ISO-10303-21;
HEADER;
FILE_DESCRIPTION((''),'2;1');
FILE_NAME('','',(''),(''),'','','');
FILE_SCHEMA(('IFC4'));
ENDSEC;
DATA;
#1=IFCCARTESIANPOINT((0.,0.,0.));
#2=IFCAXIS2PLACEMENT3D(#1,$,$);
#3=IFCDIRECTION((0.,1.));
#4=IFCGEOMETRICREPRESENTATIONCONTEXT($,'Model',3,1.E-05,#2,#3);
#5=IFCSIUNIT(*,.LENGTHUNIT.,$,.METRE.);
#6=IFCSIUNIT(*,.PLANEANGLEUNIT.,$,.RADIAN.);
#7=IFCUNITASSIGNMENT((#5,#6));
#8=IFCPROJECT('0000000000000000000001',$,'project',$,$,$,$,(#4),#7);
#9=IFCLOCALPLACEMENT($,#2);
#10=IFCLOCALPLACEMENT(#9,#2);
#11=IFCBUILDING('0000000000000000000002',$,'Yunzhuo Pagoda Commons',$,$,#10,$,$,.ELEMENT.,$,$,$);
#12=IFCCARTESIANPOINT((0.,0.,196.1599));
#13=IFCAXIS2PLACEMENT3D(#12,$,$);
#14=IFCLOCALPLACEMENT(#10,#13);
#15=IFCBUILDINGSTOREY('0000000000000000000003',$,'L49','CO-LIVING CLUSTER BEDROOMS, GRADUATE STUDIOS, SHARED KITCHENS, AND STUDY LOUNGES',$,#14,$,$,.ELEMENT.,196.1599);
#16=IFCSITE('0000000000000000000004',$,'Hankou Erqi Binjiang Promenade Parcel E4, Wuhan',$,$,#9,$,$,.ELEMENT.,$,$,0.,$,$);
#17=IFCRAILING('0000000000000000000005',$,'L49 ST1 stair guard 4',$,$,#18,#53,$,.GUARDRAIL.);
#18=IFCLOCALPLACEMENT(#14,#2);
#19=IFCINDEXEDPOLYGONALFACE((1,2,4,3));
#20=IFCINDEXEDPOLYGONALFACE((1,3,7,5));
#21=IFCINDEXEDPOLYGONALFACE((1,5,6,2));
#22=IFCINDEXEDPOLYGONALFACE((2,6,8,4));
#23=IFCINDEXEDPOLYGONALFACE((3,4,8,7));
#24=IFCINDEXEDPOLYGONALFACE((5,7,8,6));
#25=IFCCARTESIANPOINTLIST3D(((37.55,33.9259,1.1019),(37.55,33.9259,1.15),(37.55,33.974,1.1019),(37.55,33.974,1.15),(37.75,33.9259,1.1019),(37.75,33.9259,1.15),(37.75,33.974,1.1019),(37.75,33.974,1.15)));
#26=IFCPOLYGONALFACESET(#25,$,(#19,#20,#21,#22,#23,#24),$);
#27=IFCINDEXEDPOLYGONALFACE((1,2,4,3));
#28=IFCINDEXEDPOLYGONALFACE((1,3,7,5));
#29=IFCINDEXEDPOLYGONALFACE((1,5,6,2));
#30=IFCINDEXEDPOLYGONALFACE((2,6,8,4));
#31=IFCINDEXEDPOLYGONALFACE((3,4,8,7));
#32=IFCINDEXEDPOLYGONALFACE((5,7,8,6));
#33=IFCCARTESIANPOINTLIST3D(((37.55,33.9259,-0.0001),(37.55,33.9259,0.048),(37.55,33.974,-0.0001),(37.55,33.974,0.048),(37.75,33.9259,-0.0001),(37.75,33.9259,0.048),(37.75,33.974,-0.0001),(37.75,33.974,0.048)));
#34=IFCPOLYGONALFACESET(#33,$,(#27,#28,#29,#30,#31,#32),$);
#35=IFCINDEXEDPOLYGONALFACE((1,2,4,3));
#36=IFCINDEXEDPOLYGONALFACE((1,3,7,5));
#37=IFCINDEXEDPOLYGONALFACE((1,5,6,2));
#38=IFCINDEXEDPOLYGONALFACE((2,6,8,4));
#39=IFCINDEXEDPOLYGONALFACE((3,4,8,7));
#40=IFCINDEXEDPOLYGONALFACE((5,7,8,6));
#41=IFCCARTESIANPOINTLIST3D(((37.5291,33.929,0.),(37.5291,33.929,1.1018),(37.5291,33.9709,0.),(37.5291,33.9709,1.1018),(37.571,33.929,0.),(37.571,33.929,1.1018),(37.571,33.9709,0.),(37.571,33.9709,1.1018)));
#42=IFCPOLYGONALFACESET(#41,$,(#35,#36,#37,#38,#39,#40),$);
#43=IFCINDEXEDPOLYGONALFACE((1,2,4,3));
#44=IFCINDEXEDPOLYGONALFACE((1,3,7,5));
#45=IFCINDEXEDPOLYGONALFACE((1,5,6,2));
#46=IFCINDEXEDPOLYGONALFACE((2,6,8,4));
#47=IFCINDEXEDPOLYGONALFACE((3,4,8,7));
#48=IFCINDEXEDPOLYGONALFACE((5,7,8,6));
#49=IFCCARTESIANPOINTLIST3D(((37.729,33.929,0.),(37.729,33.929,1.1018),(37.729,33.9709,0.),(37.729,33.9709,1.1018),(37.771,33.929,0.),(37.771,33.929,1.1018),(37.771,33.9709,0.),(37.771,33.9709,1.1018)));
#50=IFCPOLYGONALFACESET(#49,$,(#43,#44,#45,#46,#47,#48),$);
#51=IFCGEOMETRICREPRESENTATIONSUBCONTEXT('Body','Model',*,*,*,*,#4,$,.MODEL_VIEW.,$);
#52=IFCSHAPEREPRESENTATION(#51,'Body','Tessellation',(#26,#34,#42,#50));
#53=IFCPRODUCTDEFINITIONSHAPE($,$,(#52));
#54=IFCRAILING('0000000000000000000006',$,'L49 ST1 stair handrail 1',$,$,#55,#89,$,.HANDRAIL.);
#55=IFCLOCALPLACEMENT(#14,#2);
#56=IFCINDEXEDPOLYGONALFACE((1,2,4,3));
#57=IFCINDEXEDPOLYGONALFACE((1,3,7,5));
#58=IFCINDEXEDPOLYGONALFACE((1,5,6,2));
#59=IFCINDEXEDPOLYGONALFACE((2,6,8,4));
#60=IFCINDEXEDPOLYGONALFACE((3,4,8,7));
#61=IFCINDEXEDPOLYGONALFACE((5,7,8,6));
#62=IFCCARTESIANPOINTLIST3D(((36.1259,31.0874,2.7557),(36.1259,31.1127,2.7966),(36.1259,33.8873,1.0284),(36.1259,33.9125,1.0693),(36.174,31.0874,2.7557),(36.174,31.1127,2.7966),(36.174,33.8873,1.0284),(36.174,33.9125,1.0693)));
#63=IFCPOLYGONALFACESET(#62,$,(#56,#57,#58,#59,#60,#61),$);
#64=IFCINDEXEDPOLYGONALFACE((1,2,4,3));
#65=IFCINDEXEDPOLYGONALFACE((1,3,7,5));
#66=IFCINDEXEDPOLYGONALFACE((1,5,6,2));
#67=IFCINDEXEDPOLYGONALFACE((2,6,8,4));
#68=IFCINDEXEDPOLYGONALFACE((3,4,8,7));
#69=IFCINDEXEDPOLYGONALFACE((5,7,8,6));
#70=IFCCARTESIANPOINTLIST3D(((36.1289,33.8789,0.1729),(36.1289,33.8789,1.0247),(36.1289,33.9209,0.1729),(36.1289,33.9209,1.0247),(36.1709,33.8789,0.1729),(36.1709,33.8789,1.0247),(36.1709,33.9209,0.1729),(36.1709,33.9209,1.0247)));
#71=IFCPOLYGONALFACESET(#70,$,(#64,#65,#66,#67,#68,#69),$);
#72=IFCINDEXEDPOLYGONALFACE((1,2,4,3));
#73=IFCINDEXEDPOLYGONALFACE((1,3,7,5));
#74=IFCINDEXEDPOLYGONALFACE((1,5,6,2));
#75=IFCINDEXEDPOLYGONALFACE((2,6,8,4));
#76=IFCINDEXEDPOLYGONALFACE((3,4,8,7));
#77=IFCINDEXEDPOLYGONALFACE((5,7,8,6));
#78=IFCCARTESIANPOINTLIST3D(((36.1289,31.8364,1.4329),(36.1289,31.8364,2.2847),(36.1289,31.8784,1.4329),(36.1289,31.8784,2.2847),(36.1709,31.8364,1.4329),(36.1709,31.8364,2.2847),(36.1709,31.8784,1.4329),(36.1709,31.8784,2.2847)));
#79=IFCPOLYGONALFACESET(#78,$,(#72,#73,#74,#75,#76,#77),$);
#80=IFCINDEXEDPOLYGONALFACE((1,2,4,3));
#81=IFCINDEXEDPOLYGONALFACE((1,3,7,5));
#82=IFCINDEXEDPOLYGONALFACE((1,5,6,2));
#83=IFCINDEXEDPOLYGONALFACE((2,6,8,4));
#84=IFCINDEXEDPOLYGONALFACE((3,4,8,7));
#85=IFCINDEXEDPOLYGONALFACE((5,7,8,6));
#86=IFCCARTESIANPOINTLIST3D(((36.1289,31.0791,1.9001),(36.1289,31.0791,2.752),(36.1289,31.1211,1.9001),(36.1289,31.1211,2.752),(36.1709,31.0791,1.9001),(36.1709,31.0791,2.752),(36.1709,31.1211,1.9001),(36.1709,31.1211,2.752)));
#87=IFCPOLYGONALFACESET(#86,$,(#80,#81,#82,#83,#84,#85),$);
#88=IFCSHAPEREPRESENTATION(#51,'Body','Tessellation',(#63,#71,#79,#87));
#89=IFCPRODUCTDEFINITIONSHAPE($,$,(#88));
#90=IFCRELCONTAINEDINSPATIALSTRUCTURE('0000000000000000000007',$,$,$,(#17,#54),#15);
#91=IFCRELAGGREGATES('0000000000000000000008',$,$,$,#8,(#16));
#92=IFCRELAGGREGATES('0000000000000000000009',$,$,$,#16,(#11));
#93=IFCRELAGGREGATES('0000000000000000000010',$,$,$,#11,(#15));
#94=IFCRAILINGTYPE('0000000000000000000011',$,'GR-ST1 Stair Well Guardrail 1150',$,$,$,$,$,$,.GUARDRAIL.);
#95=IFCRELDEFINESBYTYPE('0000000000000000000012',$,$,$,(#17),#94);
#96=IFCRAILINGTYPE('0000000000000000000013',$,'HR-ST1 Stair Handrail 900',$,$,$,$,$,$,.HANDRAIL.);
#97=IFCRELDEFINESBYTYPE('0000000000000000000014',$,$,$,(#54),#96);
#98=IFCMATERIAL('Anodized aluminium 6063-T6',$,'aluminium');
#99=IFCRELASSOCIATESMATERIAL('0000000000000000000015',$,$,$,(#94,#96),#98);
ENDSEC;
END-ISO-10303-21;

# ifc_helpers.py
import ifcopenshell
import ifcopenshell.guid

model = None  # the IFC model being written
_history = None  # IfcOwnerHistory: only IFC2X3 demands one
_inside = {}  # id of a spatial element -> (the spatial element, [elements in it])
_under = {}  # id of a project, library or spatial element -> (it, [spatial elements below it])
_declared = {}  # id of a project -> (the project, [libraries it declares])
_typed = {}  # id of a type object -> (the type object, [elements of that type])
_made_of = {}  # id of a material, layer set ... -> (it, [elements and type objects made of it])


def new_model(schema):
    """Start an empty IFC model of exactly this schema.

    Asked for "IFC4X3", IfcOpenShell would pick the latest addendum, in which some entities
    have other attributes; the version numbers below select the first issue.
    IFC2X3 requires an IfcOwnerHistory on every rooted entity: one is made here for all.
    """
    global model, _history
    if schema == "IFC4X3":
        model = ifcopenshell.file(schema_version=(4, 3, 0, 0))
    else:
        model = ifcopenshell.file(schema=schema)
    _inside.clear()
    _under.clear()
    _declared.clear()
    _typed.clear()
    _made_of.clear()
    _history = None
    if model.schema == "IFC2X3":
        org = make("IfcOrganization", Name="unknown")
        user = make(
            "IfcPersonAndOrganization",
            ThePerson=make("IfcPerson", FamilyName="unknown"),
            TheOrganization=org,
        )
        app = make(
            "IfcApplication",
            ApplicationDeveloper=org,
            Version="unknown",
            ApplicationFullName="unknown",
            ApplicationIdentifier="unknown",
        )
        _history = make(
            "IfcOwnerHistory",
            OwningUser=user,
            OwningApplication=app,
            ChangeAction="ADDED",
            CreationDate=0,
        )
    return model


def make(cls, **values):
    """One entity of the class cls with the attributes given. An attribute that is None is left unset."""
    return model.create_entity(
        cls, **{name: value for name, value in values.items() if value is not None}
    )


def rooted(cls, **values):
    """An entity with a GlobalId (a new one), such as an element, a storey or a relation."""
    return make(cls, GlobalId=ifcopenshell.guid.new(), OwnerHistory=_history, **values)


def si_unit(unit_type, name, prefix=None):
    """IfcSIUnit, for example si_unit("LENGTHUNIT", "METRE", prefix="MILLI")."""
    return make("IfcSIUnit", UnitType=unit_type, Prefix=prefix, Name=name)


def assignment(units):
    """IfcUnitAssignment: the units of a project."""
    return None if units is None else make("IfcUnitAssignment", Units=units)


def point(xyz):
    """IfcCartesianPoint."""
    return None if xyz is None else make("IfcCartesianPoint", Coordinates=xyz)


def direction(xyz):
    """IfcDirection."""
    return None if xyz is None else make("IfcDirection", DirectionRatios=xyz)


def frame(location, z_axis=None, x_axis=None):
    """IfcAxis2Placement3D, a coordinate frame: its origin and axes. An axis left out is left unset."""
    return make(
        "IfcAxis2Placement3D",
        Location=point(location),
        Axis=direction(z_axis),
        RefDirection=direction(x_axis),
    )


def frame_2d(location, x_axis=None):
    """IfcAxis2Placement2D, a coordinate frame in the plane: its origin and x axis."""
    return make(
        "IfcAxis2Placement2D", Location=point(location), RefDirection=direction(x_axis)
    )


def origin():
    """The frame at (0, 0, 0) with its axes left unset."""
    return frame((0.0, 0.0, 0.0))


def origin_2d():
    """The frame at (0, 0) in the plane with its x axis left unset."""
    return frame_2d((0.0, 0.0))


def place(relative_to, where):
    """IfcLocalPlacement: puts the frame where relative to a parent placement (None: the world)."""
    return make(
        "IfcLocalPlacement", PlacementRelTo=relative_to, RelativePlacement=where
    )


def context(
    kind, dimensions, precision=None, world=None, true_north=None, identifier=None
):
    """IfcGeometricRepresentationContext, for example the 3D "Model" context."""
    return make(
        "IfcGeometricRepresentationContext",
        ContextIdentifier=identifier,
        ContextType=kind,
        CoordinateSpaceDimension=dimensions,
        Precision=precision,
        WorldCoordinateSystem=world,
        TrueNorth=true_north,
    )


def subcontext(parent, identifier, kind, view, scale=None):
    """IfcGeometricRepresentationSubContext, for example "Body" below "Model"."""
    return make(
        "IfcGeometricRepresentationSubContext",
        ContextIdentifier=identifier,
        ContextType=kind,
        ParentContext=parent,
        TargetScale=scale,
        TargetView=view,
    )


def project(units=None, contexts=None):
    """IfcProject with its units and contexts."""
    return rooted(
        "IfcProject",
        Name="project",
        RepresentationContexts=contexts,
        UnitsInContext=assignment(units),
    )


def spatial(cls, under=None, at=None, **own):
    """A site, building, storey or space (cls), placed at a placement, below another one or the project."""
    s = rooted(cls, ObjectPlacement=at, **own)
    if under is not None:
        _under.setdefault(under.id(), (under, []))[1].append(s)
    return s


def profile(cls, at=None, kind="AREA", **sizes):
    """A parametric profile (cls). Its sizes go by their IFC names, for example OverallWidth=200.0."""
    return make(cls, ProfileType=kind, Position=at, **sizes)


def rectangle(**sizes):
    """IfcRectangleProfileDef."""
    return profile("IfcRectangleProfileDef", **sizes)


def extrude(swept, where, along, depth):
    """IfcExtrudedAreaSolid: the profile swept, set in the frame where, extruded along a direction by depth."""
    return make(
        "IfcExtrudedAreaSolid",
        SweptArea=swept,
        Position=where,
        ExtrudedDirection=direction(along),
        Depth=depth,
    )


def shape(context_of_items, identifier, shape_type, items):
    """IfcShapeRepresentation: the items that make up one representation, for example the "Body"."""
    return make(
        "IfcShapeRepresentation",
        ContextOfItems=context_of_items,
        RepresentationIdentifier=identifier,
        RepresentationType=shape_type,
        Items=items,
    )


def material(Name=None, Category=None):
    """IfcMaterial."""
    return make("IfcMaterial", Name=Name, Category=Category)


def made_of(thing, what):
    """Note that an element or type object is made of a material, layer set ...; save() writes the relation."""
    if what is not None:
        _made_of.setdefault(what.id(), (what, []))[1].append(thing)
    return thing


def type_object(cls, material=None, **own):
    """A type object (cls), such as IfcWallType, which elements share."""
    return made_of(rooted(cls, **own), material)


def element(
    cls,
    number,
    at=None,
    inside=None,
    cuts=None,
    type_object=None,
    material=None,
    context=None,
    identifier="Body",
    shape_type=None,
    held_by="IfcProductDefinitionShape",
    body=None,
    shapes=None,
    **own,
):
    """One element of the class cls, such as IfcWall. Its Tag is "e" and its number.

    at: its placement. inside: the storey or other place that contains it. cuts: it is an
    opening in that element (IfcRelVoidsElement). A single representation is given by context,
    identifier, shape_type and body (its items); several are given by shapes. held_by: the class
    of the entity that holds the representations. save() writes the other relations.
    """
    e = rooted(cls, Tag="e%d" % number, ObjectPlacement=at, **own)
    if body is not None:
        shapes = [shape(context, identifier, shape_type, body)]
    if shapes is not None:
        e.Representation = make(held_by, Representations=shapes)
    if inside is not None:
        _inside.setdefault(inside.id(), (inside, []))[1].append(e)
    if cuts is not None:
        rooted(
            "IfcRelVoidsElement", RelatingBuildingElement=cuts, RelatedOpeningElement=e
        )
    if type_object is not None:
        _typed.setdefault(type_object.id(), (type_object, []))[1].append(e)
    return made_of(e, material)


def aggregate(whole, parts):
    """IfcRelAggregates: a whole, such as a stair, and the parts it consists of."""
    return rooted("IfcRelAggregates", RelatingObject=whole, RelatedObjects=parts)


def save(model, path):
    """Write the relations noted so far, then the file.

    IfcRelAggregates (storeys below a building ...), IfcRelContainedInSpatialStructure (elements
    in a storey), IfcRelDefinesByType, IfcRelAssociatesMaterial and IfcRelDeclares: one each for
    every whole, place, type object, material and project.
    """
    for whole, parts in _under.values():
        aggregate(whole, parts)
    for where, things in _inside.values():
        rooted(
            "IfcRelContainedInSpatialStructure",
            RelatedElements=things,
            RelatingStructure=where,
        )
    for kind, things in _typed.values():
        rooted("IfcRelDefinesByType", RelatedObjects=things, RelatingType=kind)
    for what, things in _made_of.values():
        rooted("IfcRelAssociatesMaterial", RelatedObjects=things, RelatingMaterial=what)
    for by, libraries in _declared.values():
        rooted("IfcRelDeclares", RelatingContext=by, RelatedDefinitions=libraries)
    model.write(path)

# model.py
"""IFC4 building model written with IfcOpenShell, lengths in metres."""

from ifc_helpers import new_model, si_unit, direction, frame, origin, origin_2d, place, context, subcontext, project, spatial, rectangle, extrude, material, type_object, element, save


model = new_model("IFC4")

# Units and contexts
model_context = context("Model", 3, precision=1e-05, world=origin(), true_north=direction((0.0, 1.0)))
body_context = subcontext(model_context, "Body", "Model", "MODEL_VIEW")
ifc_project = project(units=[si_unit("LENGTHUNIT", "METRE"), si_unit("PLANEANGLEUNIT", "RADIAN")], contexts=[model_context])

# Site, building, storey
site_placement = place(None, origin())
site = spatial("IfcSite", under=ifc_project, at=site_placement, Name="Hankou Erqi Binjiang Promenade Parcel E4, Wuhan", CompositionType="ELEMENT", RefElevation=0.0)
building_placement = place(site_placement, origin())
building = spatial("IfcBuilding", under=site, at=building_placement, Name="Yunzhuo Pagoda Commons", CompositionType="ELEMENT")
storey_placement = place(building_placement, frame((0.0, 0.0, 196.1599)))
storey = spatial("IfcBuildingStorey", under=building, at=storey_placement, Name="L49", Description="CO-LIVING CLUSTER BEDROOMS, GRADUATE STUDIOS, SHARED KITCHENS, AND STUDY LOUNGES", CompositionType="ELEMENT", Elevation=196.1599)

# Railings
ifc_material_1 = material(Name="Anodized aluminium 6063-T6", Category="aluminium")
railing_type_1 = type_object("IfcRailingType", Name="GR-ST1 Stair Well Guardrail 1150", PredefinedType="GUARDRAIL", material=ifc_material_1)
railing_1_placement = place(storey_placement, frame((37.55, 33.95, 0.0)))
element("IfcRailing", 1, at=railing_1_placement, inside=storey, type_object=railing_type_1, Name="L49 ST1 stair guard 4", PredefinedType="GUARDRAIL", context=body_context, shape_type="SweptSolid", body=[
    extrude(rectangle(XDim=0.0481, YDim=0.0481, at=origin_2d()), frame((0.0, 0.0, 1.126), z_axis=(1.0, 0.0, 0.0), x_axis=(0.0, 1.0, 0.0)), (0.0, 0.0, 1.0), 0.2),
    extrude(rectangle(XDim=0.0481, YDim=0.0481, at=origin_2d()), frame((0.0, 0.0, 0.0239), z_axis=(1.0, 0.0, 0.0), x_axis=(0.0, 1.0, 0.0)), (0.0, 0.0, 1.0), 0.2),
    extrude(rectangle(XDim=0.042, YDim=0.042, at=origin_2d()), origin(), (0.0, 0.0, 1.0), 1.1018),
    extrude(rectangle(XDim=0.042, YDim=0.042, at=origin_2d()), frame((0.2, 0.0, 0.0)), (0.0, 0.0, 1.0), 1.1018),
])
railing_type_2 = type_object("IfcRailingType", Name="HR-ST1 Stair Handrail 900", PredefinedType="HANDRAIL", material=ifc_material_1)
railing_2_placement = place(storey_placement, frame((36.1499, 33.8999, 0.1729)))
element("IfcRailing", 2, at=railing_2_placement, inside=storey, type_object=railing_type_2, Name="L49 ST1 stair handrail 1", PredefinedType="HANDRAIL", context=body_context, shape_type="SweptSolid", body=[
    extrude(rectangle(XDim=0.0481, YDim=0.0481, at=origin_2d()), frame((0.0, 0.0, 0.876), z_axis=(0.0, -0.851069, 0.525054), x_axis=(1.0, 0.0, 0.0)), (0.0, 0.0, 1.0), 3.2898),
    extrude(rectangle(XDim=0.042, YDim=0.042, at=origin_2d()), origin(), (0.0, 0.0, 1.0), 0.8518),
    extrude(rectangle(XDim=0.042, YDim=0.042, at=origin_2d()), frame((0.0, -2.0425, 1.26)), (0.0, 0.0, 1.0), 0.8518),
    extrude(rectangle(XDim=0.042, YDim=0.042, at=origin_2d()), frame((0.0, -2.7998, 1.7273)), (0.0, 0.0, 1.0), 0.8518),
])

save(model, "model.ifc")
